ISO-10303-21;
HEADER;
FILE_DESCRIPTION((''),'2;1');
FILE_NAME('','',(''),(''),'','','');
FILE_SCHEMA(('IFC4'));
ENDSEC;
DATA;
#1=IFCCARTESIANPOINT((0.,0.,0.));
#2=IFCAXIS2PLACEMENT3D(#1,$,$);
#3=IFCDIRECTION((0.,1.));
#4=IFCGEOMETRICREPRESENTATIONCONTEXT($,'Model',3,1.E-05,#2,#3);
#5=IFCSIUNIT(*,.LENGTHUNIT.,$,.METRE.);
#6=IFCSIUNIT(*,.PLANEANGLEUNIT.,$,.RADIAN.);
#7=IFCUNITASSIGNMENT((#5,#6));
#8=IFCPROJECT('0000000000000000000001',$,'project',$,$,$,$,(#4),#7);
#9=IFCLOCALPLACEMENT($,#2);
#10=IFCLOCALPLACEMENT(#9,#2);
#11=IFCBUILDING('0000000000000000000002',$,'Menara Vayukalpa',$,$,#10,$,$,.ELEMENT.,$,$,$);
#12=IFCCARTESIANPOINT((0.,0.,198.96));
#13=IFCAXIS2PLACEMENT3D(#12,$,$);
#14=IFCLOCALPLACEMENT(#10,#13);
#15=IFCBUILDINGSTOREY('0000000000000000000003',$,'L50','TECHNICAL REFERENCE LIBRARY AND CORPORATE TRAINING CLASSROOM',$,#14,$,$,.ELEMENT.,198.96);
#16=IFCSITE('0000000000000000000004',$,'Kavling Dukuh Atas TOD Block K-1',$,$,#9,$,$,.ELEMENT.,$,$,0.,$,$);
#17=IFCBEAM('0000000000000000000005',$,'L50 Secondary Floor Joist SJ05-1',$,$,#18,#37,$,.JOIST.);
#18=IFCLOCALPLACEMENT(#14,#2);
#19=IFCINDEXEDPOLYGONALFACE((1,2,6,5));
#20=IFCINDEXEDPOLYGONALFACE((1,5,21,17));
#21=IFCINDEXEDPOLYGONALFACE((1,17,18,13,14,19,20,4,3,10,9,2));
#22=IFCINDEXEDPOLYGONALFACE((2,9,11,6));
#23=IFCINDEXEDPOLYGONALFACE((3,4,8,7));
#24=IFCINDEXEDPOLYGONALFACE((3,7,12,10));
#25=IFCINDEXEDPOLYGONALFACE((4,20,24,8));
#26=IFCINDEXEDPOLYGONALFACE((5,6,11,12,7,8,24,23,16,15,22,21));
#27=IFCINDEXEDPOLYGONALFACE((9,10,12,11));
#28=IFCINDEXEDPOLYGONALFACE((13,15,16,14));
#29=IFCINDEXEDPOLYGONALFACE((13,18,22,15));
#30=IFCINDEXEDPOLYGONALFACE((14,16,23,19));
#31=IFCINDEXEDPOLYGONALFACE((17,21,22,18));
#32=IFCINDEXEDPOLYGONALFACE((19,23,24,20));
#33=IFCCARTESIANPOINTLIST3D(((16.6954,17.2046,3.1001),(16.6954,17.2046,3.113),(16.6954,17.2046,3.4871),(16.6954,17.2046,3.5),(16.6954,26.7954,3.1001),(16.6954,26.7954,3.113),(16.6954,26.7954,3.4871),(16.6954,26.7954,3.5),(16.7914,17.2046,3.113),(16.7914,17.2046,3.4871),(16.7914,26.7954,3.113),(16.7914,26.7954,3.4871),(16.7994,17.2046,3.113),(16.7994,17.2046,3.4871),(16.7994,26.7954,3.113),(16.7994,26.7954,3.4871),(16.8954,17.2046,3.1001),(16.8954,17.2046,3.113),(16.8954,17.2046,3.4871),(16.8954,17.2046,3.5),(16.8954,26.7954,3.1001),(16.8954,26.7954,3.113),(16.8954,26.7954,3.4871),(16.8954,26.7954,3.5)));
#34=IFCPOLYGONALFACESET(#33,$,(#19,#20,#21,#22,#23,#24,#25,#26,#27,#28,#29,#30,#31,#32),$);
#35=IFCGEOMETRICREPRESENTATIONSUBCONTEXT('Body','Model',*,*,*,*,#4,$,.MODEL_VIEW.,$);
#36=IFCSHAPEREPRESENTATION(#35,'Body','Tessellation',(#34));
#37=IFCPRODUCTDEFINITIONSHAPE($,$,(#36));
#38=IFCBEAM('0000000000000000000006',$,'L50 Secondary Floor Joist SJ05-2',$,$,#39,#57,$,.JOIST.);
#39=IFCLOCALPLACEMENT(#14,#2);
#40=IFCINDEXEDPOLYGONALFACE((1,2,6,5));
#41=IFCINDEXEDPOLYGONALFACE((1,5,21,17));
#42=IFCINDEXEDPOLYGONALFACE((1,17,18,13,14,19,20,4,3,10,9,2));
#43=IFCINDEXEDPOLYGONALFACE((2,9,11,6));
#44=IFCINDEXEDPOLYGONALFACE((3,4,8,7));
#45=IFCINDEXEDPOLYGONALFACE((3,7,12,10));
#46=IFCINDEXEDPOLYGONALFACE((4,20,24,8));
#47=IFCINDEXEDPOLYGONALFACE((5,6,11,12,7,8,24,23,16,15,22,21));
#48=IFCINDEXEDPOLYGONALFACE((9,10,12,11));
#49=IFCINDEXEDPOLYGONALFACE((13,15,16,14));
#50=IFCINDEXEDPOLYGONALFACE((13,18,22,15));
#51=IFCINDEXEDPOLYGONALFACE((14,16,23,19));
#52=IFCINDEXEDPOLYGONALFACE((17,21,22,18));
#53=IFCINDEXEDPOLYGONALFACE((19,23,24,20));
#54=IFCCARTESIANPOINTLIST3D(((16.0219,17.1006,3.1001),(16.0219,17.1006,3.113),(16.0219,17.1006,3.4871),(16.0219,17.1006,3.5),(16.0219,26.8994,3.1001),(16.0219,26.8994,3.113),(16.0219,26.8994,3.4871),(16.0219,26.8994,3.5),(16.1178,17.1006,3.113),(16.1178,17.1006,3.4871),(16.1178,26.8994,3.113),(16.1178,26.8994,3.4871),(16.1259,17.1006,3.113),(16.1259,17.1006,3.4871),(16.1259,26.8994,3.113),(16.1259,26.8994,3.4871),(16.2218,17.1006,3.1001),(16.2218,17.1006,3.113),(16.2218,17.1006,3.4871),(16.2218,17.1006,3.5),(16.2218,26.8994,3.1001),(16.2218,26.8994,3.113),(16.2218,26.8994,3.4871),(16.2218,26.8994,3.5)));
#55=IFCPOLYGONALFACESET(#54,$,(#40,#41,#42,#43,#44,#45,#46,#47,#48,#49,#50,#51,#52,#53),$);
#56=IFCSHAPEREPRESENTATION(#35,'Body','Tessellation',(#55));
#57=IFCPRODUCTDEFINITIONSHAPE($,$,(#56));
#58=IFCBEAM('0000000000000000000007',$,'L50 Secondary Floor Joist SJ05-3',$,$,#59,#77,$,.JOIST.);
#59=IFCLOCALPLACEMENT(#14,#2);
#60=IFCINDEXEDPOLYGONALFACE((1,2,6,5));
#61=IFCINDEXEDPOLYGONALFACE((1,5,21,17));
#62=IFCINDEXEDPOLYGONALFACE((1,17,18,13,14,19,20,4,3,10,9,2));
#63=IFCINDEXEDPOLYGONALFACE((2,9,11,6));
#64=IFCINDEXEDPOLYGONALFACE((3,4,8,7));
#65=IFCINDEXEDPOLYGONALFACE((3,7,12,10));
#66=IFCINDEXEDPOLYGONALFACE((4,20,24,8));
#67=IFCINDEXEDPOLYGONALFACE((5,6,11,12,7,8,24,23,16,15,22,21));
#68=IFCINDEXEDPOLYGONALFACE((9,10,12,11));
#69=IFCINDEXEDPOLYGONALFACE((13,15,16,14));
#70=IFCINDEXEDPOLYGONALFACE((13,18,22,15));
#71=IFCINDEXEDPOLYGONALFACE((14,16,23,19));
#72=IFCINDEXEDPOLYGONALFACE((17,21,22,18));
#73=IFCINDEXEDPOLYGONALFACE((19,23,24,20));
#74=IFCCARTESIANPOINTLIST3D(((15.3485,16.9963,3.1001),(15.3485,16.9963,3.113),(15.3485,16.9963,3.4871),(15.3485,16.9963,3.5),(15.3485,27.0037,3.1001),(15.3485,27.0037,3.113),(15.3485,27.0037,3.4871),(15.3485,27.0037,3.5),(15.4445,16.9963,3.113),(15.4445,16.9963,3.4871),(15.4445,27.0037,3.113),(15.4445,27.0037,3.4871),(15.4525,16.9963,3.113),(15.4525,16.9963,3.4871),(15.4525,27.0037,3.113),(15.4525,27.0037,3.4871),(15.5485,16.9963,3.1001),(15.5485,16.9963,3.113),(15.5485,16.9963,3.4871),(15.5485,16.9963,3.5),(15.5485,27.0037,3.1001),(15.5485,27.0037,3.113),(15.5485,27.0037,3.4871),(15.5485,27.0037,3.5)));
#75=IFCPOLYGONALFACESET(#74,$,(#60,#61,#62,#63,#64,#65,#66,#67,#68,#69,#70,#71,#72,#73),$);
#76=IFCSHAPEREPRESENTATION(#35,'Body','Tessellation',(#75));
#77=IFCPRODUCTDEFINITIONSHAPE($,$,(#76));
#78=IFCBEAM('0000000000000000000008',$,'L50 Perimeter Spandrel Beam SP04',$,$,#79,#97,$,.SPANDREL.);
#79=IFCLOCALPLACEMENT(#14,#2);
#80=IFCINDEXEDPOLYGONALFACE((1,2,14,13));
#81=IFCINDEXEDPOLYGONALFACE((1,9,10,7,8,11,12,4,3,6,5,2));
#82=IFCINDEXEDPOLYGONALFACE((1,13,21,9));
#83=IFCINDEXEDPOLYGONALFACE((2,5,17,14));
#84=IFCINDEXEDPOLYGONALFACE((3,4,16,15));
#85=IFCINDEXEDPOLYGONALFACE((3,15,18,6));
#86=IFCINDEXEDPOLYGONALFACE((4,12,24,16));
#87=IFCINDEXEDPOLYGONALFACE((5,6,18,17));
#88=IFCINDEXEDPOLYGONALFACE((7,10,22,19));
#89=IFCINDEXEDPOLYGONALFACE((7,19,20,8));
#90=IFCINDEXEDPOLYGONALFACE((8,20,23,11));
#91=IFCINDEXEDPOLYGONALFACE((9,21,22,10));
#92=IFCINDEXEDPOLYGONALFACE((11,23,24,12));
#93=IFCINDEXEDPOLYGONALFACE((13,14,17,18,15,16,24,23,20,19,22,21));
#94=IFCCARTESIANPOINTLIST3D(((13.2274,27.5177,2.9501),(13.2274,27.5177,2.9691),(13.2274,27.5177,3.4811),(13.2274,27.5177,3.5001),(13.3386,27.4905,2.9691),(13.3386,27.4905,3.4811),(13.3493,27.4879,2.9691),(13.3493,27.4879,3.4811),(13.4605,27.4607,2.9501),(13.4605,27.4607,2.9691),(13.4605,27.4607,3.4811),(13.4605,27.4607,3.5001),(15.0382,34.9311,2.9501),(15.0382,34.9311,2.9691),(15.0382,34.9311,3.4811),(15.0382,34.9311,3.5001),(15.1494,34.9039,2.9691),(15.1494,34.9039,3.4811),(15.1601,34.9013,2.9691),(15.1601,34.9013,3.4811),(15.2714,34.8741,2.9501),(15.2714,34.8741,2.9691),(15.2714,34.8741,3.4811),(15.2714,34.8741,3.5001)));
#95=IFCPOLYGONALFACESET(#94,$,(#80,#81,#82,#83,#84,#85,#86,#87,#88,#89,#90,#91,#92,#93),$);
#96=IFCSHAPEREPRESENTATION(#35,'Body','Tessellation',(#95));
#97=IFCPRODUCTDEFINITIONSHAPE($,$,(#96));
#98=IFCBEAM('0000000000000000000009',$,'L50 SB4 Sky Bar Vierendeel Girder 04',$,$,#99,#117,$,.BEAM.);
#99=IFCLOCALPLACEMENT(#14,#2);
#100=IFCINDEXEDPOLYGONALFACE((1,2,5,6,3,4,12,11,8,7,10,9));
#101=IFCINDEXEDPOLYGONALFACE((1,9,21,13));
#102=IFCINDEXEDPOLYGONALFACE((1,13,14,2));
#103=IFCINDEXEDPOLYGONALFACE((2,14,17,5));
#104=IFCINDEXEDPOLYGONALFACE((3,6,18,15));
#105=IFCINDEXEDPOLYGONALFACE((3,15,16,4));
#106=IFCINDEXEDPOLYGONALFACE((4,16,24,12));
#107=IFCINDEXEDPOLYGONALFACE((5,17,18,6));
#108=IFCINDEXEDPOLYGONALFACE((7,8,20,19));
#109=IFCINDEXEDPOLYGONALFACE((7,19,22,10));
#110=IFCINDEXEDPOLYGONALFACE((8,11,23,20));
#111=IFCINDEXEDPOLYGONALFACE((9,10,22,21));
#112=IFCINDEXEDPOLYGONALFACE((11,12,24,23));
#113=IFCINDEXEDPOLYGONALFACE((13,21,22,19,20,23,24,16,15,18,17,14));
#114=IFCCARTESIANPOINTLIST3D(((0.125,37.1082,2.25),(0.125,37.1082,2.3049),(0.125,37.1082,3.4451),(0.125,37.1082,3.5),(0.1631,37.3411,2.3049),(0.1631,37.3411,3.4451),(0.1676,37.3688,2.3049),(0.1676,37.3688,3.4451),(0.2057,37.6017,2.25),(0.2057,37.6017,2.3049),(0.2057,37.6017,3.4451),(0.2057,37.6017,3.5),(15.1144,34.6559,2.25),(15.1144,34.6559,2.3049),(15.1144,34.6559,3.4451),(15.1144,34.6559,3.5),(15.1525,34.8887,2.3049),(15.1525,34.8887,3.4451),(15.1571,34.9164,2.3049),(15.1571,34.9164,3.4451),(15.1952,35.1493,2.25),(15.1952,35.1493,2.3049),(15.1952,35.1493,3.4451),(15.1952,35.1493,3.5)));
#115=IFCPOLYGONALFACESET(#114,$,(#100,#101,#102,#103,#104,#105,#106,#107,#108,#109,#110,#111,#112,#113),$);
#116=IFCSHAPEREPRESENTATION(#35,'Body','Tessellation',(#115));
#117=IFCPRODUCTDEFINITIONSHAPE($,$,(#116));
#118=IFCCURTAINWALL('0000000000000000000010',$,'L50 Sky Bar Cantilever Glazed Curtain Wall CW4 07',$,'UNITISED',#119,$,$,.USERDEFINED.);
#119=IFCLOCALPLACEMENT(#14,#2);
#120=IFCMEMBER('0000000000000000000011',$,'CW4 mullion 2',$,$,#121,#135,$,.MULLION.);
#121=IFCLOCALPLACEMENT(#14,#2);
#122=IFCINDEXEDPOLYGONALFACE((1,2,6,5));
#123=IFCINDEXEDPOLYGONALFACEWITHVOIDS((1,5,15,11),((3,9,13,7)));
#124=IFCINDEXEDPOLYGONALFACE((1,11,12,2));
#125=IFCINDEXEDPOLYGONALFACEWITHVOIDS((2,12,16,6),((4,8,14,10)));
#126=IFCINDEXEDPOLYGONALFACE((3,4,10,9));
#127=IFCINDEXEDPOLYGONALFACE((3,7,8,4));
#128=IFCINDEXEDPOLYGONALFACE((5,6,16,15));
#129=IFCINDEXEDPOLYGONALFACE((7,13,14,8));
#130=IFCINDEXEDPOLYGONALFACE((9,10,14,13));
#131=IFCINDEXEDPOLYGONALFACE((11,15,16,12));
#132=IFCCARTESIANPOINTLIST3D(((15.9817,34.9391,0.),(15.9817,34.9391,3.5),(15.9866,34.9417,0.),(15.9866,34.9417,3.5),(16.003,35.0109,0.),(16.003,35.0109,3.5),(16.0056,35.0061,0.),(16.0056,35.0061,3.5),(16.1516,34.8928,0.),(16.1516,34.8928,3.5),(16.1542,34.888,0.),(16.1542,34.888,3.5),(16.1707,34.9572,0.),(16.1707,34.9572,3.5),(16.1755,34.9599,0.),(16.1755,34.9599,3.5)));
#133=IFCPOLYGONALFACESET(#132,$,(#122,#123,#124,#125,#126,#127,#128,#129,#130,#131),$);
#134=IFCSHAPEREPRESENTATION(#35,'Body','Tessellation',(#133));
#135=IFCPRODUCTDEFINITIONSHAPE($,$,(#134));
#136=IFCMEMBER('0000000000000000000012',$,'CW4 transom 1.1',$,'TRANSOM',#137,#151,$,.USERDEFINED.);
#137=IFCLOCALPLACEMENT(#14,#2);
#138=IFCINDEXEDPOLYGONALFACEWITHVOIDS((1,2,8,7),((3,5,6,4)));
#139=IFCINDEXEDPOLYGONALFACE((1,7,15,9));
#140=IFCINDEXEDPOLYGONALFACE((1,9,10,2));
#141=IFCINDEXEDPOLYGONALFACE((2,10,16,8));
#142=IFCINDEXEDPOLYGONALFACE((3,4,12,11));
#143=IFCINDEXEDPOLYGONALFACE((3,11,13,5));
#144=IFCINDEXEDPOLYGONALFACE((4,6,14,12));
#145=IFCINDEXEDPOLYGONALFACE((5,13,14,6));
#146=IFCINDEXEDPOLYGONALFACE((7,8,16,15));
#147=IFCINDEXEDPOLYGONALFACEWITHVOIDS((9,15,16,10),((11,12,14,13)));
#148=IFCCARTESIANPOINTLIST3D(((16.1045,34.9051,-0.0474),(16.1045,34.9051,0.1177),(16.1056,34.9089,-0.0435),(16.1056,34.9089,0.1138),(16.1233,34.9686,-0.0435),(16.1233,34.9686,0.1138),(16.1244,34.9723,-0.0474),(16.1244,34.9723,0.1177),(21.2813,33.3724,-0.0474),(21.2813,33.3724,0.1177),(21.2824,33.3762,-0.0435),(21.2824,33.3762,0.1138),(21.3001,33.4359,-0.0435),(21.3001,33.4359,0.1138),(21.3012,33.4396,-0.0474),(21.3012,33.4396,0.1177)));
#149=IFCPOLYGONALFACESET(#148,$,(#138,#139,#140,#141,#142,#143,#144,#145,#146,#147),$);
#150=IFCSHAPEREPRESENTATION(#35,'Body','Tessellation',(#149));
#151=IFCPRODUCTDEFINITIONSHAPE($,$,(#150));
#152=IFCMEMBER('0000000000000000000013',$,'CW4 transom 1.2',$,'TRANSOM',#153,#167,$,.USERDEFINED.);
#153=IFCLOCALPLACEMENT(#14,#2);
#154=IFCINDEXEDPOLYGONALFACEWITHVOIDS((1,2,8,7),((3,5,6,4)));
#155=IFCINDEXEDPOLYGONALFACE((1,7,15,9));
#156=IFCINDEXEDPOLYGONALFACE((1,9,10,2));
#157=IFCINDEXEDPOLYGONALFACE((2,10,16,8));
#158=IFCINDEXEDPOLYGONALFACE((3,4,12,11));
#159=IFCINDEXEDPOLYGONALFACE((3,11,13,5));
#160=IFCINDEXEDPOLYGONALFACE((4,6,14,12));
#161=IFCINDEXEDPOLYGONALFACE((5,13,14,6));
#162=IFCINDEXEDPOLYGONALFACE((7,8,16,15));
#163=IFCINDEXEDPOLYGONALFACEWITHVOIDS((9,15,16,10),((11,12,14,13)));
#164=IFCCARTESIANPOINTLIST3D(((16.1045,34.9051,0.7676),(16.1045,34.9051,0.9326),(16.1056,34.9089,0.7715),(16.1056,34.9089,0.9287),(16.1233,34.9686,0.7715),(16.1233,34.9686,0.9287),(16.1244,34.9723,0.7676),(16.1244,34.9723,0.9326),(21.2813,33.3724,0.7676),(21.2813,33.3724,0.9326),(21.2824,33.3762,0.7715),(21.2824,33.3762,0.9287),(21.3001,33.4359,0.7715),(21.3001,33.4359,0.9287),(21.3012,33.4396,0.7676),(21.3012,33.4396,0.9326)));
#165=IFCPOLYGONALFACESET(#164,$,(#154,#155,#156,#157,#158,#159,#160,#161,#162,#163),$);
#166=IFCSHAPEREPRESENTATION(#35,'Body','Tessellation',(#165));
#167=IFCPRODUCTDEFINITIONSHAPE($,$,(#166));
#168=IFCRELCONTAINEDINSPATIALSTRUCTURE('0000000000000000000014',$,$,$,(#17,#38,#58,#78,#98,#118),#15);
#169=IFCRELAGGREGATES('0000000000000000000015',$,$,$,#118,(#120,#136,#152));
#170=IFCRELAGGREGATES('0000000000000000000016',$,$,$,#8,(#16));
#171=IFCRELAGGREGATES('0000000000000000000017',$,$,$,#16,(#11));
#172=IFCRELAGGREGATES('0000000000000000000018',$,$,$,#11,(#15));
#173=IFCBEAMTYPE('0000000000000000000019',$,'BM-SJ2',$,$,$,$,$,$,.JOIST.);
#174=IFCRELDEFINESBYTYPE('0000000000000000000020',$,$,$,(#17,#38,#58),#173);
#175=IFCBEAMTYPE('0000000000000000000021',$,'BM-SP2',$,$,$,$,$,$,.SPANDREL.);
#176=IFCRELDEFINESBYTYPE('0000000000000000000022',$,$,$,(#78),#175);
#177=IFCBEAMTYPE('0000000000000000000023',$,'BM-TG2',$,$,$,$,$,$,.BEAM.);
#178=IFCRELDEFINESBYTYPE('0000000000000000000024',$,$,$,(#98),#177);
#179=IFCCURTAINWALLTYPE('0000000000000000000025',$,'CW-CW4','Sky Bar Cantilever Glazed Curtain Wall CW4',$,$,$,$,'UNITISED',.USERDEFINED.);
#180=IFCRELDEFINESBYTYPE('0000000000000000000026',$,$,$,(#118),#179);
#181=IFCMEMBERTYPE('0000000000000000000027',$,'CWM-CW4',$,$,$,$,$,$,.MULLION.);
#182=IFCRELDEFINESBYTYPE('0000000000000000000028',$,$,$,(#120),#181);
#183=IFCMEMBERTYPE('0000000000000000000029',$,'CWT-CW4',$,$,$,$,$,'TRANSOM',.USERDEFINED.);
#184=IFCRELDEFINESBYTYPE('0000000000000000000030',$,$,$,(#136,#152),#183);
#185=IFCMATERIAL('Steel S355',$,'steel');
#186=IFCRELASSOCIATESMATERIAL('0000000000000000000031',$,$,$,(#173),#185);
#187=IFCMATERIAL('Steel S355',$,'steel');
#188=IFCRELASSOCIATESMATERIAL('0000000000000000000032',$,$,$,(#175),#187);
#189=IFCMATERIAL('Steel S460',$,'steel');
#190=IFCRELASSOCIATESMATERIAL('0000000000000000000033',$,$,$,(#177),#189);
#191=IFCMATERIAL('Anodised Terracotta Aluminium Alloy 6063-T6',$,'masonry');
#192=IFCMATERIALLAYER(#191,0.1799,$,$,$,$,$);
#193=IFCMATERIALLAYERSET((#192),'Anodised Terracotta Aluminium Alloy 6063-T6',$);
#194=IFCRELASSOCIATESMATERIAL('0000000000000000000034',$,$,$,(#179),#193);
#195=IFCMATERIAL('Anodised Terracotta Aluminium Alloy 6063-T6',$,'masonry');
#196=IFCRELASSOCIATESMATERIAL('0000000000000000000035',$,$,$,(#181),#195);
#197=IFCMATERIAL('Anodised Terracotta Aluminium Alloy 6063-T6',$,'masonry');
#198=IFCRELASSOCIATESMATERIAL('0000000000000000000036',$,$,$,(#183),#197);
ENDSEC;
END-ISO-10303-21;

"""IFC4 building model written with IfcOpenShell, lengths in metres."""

from ifc_helpers import new_model, si_unit, direction, frame, origin, origin_2d, place, context, subcontext, project, spatial, hollow_rectangle, i_section, extrude, material, layer, layer_set, material_profile, profile_set, type_object, element, aggregate, save


model = new_model("IFC4")

# Units and contexts
model_context = context("Model", 3, precision=1e-05, world=origin(), true_north=direction((0.0, 1.0)))
body_context = subcontext(model_context, "Body", "Model", "MODEL_VIEW")
ifc_project = project(units=[si_unit("LENGTHUNIT", "METRE"), si_unit("PLANEANGLEUNIT", "RADIAN")], contexts=[model_context])

# Site, building, storey
site_placement = place(None, origin())
site = spatial("IfcSite", under=ifc_project, at=site_placement, Name="Kavling Dukuh Atas TOD Block K-1", CompositionType="ELEMENT", RefElevation=0.0)
building_placement = place(site_placement, origin())
building = spatial("IfcBuilding", under=site, at=building_placement, Name="Menara Vayukalpa", CompositionType="ELEMENT")
storey_placement = place(building_placement, frame((0.0, 0.0, 198.96)))
storey = spatial("IfcBuildingStorey", under=building, at=storey_placement, Name="L50", Description="TECHNICAL REFERENCE LIBRARY AND CORPORATE TRAINING CLASSROOM", CompositionType="ELEMENT", Elevation=198.96)

# Beams
ifc_material_1 = material(Name="Steel S355", Category="steel")
ifc_material_profile_1 = material_profile(ifc_material_1, i_section(OverallWidth=0.2, OverallDepth=0.3999, WebThickness=0.0081, FlangeThickness=0.0129, at=origin_2d()), Name="WF 400x200x8x13")
ifc_profile_set_1 = profile_set([ifc_material_profile_1], Name="Steel S355")
beam_type_1 = type_object("IfcBeamType", Name="BM-SJ2", PredefinedType="JOIST", material=ifc_profile_set_1)
beam_1_placement = place(storey_placement, frame((16.7954, 26.7954, 3.3), z_axis=(0.0, -1.0, 0.0), x_axis=(1.0, 0.0, 0.0)))
element("IfcBeam", 1, at=beam_1_placement, inside=storey, type_object=beam_type_1, Name="L50 Secondary Floor Joist SJ05-1", PredefinedType="JOIST", context=body_context, shape_type="SweptSolid", body=[
    extrude(i_section(OverallWidth=0.2, OverallDepth=0.3999, WebThickness=0.0081, FlangeThickness=0.0129, at=origin_2d()), origin(), (0.0, 0.0, 1.0), 9.5908),
])
beam_2_placement = place(storey_placement, frame((16.1218, 26.8994, 3.3), z_axis=(0.0, -1.0, 0.0), x_axis=(1.0, 0.0, 0.0)))
element("IfcBeam", 2, at=beam_2_placement, inside=storey, type_object=beam_type_1, Name="L50 Secondary Floor Joist SJ05-2", PredefinedType="JOIST", context=body_context, shape_type="SweptSolid", body=[
    extrude(i_section(OverallWidth=0.2, OverallDepth=0.3999, WebThickness=0.0081, FlangeThickness=0.0129, at=origin_2d()), origin(), (0.0, 0.0, 1.0), 9.7988),
])
beam_3_placement = place(storey_placement, frame((15.4485, 27.0037, 3.3), z_axis=(0.0, -1.0, 0.0), x_axis=(1.0, 0.0, 0.0)))
element("IfcBeam", 3, at=beam_3_placement, inside=storey, type_object=beam_type_1, Name="L50 Secondary Floor Joist SJ05-3", PredefinedType="JOIST", context=body_context, shape_type="SweptSolid", body=[
    extrude(i_section(OverallWidth=0.2, OverallDepth=0.3999, WebThickness=0.0081, FlangeThickness=0.0129, at=origin_2d()), origin(), (0.0, 0.0, 1.0), 10.0073),
])
ifc_material_2 = material(Name="Steel S355", Category="steel")
ifc_material_profile_2 = material_profile(ifc_material_2, i_section(OverallWidth=0.24, OverallDepth=0.55, WebThickness=0.011, FlangeThickness=0.019, at=origin_2d()), Name="WF 550x240x11x19")
ifc_profile_set_2 = profile_set([ifc_material_profile_2], Name="Steel S355")
beam_type_2 = type_object("IfcBeamType", Name="BM-SP2", PredefinedType="SPANDREL", material=ifc_profile_set_2)
beam_4_placement = place(storey_placement, frame((15.1548, 34.9026, 3.2251), z_axis=(-0.237285, -0.97144, 0.0), x_axis=(0.97144, -0.237285, 0.0)))
element("IfcBeam", 4, at=beam_4_placement, inside=storey, type_object=beam_type_2, Name="L50 Perimeter Spandrel Beam SP04", PredefinedType="SPANDREL", context=body_context, shape_type="SweptSolid", body=[
    extrude(i_section(OverallWidth=0.24, OverallDepth=0.55, WebThickness=0.011, FlangeThickness=0.019, at=origin_2d()), origin(), (0.0, 0.0, 1.0), 7.6313),
])
ifc_material_3 = material(Name="Steel S460", Category="steel")
ifc_material_profile_3 = material_profile(ifc_material_3, i_section(OverallWidth=0.5, OverallDepth=1.25, WebThickness=0.0281, FlangeThickness=0.0549, at=origin_2d()), Name="WG 1250x500x28x55")
ifc_profile_set_3 = profile_set([ifc_material_profile_3], Name="Steel S460")
beam_type_3 = type_object("IfcBeamType", Name="BM-TG2", PredefinedType="BEAM", material=ifc_profile_set_3)
beam_5_placement = place(storey_placement, frame((15.1548, 34.9026, 2.875), z_axis=(-0.986879, 0.161461, 0.0), x_axis=(-0.161461, -0.986879, 0.0)))
element("IfcBeam", 5, at=beam_5_placement, inside=storey, type_object=beam_type_3, Name="L50 SB4 Sky Bar Vierendeel Girder 04", PredefinedType="BEAM", context=body_context, shape_type="SweptSolid", body=[
    extrude(i_section(OverallWidth=0.5, OverallDepth=1.25, WebThickness=0.0281, FlangeThickness=0.0549, at=origin_2d()), origin(), (0.0, 0.0, 1.0), 15.1887),
])

# Curtain wall, members
ifc_material_4 = material(Name="Anodised Terracotta Aluminium Alloy 6063-T6", Category="masonry")
ifc_layer_1 = layer(ifc_material_4, 0.1799)
ifc_layer_set_1 = layer_set([ifc_layer_1], Name="Anodised Terracotta Aluminium Alloy 6063-T6")
curtain_wall_type = type_object("IfcCurtainWallType", Name="CW-CW4", Description="Sky Bar Cantilever Glazed Curtain Wall CW4", ElementType="UNITISED", PredefinedType="USERDEFINED", material=ifc_layer_set_1)
curtain_wall_placement = place(storey_placement, origin())
curtain_wall = element("IfcCurtainWall", 6, at=curtain_wall_placement, inside=storey, type_object=curtain_wall_type, Name="L50 Sky Bar Cantilever Glazed Curtain Wall CW4 07", ObjectType="UNITISED", PredefinedType="USERDEFINED")
ifc_material_5 = material(Name="Anodised Terracotta Aluminium Alloy 6063-T6", Category="masonry")
ifc_material_profile_4 = material_profile(ifc_material_5, hollow_rectangle(XDim=0.075, YDim=0.1799, WallThickness=0.0039, at=origin_2d()), Name="ALU 75x180x4")
ifc_profile_set_4 = profile_set([ifc_material_profile_4], Name="Anodised Terracotta Aluminium Alloy 6063-T6")
member_type_1 = type_object("IfcMemberType", Name="CWM-CW4", PredefinedType="MULLION", material=ifc_profile_set_4)
member_1_placement = place(storey_placement, frame((16.0786, 34.9495, 0.0), z_axis=(0.0, 0.0, 1.0), x_axis=(-0.283894, -0.958856, 0.0)))
member_1 = element("IfcMember", 7, at=member_1_placement, type_object=member_type_1, Name="CW4 mullion 2", PredefinedType="MULLION", context=body_context, shape_type="SweptSolid", body=[
    extrude(hollow_rectangle(XDim=0.075, YDim=0.1799, WallThickness=0.0039, at=origin_2d()), origin(), (0.0, 0.0, 1.0), 3.5),
])
ifc_material_6 = material(Name="Anodised Terracotta Aluminium Alloy 6063-T6", Category="masonry")
ifc_material_profile_5 = material_profile(ifc_material_6, hollow_rectangle(XDim=0.0701, YDim=0.165, WallThickness=0.0039, at=origin_2d()), Name="ALU 70x165x4")
ifc_profile_set_5 = profile_set([ifc_material_profile_5], Name="Anodised Terracotta Aluminium Alloy 6063-T6")
member_type_2 = type_object("IfcMemberType", Name="CWT-CW4", ElementType="TRANSOM", PredefinedType="USERDEFINED", material=ifc_profile_set_5)
member_2_placement = place(storey_placement, frame((21.2913, 33.406, 0.0352), z_axis=(-0.958856, 0.283894, 0.0), x_axis=(-0.283894, -0.958856, 0.0)))
member_2 = element("IfcMember", 8, at=member_2_placement, type_object=member_type_2, Name="CW4 transom 1.1", ObjectType="TRANSOM", PredefinedType="USERDEFINED", context=body_context, shape_type="SweptSolid", body=[
    extrude(hollow_rectangle(XDim=0.0701, YDim=0.165, WallThickness=0.0039, at=origin_2d()), origin(), (0.0, 0.0, 1.0), 5.3989),
])
member_3_placement = place(storey_placement, frame((21.2913, 33.406, 0.8501), z_axis=(-0.958856, 0.283894, 0.0), x_axis=(-0.283894, -0.958856, 0.0)))
member_3 = element("IfcMember", 9, at=member_3_placement, type_object=member_type_2, Name="CW4 transom 1.2", ObjectType="TRANSOM", PredefinedType="USERDEFINED", context=body_context, shape_type="SweptSolid", body=[
    extrude(hollow_rectangle(XDim=0.0701, YDim=0.165, WallThickness=0.0039, at=origin_2d()), origin(), (0.0, 0.0, 1.0), 5.3989),
])

aggregate(curtain_wall, [member_1, member_2, member_3])

save(model, "model.ifc")
